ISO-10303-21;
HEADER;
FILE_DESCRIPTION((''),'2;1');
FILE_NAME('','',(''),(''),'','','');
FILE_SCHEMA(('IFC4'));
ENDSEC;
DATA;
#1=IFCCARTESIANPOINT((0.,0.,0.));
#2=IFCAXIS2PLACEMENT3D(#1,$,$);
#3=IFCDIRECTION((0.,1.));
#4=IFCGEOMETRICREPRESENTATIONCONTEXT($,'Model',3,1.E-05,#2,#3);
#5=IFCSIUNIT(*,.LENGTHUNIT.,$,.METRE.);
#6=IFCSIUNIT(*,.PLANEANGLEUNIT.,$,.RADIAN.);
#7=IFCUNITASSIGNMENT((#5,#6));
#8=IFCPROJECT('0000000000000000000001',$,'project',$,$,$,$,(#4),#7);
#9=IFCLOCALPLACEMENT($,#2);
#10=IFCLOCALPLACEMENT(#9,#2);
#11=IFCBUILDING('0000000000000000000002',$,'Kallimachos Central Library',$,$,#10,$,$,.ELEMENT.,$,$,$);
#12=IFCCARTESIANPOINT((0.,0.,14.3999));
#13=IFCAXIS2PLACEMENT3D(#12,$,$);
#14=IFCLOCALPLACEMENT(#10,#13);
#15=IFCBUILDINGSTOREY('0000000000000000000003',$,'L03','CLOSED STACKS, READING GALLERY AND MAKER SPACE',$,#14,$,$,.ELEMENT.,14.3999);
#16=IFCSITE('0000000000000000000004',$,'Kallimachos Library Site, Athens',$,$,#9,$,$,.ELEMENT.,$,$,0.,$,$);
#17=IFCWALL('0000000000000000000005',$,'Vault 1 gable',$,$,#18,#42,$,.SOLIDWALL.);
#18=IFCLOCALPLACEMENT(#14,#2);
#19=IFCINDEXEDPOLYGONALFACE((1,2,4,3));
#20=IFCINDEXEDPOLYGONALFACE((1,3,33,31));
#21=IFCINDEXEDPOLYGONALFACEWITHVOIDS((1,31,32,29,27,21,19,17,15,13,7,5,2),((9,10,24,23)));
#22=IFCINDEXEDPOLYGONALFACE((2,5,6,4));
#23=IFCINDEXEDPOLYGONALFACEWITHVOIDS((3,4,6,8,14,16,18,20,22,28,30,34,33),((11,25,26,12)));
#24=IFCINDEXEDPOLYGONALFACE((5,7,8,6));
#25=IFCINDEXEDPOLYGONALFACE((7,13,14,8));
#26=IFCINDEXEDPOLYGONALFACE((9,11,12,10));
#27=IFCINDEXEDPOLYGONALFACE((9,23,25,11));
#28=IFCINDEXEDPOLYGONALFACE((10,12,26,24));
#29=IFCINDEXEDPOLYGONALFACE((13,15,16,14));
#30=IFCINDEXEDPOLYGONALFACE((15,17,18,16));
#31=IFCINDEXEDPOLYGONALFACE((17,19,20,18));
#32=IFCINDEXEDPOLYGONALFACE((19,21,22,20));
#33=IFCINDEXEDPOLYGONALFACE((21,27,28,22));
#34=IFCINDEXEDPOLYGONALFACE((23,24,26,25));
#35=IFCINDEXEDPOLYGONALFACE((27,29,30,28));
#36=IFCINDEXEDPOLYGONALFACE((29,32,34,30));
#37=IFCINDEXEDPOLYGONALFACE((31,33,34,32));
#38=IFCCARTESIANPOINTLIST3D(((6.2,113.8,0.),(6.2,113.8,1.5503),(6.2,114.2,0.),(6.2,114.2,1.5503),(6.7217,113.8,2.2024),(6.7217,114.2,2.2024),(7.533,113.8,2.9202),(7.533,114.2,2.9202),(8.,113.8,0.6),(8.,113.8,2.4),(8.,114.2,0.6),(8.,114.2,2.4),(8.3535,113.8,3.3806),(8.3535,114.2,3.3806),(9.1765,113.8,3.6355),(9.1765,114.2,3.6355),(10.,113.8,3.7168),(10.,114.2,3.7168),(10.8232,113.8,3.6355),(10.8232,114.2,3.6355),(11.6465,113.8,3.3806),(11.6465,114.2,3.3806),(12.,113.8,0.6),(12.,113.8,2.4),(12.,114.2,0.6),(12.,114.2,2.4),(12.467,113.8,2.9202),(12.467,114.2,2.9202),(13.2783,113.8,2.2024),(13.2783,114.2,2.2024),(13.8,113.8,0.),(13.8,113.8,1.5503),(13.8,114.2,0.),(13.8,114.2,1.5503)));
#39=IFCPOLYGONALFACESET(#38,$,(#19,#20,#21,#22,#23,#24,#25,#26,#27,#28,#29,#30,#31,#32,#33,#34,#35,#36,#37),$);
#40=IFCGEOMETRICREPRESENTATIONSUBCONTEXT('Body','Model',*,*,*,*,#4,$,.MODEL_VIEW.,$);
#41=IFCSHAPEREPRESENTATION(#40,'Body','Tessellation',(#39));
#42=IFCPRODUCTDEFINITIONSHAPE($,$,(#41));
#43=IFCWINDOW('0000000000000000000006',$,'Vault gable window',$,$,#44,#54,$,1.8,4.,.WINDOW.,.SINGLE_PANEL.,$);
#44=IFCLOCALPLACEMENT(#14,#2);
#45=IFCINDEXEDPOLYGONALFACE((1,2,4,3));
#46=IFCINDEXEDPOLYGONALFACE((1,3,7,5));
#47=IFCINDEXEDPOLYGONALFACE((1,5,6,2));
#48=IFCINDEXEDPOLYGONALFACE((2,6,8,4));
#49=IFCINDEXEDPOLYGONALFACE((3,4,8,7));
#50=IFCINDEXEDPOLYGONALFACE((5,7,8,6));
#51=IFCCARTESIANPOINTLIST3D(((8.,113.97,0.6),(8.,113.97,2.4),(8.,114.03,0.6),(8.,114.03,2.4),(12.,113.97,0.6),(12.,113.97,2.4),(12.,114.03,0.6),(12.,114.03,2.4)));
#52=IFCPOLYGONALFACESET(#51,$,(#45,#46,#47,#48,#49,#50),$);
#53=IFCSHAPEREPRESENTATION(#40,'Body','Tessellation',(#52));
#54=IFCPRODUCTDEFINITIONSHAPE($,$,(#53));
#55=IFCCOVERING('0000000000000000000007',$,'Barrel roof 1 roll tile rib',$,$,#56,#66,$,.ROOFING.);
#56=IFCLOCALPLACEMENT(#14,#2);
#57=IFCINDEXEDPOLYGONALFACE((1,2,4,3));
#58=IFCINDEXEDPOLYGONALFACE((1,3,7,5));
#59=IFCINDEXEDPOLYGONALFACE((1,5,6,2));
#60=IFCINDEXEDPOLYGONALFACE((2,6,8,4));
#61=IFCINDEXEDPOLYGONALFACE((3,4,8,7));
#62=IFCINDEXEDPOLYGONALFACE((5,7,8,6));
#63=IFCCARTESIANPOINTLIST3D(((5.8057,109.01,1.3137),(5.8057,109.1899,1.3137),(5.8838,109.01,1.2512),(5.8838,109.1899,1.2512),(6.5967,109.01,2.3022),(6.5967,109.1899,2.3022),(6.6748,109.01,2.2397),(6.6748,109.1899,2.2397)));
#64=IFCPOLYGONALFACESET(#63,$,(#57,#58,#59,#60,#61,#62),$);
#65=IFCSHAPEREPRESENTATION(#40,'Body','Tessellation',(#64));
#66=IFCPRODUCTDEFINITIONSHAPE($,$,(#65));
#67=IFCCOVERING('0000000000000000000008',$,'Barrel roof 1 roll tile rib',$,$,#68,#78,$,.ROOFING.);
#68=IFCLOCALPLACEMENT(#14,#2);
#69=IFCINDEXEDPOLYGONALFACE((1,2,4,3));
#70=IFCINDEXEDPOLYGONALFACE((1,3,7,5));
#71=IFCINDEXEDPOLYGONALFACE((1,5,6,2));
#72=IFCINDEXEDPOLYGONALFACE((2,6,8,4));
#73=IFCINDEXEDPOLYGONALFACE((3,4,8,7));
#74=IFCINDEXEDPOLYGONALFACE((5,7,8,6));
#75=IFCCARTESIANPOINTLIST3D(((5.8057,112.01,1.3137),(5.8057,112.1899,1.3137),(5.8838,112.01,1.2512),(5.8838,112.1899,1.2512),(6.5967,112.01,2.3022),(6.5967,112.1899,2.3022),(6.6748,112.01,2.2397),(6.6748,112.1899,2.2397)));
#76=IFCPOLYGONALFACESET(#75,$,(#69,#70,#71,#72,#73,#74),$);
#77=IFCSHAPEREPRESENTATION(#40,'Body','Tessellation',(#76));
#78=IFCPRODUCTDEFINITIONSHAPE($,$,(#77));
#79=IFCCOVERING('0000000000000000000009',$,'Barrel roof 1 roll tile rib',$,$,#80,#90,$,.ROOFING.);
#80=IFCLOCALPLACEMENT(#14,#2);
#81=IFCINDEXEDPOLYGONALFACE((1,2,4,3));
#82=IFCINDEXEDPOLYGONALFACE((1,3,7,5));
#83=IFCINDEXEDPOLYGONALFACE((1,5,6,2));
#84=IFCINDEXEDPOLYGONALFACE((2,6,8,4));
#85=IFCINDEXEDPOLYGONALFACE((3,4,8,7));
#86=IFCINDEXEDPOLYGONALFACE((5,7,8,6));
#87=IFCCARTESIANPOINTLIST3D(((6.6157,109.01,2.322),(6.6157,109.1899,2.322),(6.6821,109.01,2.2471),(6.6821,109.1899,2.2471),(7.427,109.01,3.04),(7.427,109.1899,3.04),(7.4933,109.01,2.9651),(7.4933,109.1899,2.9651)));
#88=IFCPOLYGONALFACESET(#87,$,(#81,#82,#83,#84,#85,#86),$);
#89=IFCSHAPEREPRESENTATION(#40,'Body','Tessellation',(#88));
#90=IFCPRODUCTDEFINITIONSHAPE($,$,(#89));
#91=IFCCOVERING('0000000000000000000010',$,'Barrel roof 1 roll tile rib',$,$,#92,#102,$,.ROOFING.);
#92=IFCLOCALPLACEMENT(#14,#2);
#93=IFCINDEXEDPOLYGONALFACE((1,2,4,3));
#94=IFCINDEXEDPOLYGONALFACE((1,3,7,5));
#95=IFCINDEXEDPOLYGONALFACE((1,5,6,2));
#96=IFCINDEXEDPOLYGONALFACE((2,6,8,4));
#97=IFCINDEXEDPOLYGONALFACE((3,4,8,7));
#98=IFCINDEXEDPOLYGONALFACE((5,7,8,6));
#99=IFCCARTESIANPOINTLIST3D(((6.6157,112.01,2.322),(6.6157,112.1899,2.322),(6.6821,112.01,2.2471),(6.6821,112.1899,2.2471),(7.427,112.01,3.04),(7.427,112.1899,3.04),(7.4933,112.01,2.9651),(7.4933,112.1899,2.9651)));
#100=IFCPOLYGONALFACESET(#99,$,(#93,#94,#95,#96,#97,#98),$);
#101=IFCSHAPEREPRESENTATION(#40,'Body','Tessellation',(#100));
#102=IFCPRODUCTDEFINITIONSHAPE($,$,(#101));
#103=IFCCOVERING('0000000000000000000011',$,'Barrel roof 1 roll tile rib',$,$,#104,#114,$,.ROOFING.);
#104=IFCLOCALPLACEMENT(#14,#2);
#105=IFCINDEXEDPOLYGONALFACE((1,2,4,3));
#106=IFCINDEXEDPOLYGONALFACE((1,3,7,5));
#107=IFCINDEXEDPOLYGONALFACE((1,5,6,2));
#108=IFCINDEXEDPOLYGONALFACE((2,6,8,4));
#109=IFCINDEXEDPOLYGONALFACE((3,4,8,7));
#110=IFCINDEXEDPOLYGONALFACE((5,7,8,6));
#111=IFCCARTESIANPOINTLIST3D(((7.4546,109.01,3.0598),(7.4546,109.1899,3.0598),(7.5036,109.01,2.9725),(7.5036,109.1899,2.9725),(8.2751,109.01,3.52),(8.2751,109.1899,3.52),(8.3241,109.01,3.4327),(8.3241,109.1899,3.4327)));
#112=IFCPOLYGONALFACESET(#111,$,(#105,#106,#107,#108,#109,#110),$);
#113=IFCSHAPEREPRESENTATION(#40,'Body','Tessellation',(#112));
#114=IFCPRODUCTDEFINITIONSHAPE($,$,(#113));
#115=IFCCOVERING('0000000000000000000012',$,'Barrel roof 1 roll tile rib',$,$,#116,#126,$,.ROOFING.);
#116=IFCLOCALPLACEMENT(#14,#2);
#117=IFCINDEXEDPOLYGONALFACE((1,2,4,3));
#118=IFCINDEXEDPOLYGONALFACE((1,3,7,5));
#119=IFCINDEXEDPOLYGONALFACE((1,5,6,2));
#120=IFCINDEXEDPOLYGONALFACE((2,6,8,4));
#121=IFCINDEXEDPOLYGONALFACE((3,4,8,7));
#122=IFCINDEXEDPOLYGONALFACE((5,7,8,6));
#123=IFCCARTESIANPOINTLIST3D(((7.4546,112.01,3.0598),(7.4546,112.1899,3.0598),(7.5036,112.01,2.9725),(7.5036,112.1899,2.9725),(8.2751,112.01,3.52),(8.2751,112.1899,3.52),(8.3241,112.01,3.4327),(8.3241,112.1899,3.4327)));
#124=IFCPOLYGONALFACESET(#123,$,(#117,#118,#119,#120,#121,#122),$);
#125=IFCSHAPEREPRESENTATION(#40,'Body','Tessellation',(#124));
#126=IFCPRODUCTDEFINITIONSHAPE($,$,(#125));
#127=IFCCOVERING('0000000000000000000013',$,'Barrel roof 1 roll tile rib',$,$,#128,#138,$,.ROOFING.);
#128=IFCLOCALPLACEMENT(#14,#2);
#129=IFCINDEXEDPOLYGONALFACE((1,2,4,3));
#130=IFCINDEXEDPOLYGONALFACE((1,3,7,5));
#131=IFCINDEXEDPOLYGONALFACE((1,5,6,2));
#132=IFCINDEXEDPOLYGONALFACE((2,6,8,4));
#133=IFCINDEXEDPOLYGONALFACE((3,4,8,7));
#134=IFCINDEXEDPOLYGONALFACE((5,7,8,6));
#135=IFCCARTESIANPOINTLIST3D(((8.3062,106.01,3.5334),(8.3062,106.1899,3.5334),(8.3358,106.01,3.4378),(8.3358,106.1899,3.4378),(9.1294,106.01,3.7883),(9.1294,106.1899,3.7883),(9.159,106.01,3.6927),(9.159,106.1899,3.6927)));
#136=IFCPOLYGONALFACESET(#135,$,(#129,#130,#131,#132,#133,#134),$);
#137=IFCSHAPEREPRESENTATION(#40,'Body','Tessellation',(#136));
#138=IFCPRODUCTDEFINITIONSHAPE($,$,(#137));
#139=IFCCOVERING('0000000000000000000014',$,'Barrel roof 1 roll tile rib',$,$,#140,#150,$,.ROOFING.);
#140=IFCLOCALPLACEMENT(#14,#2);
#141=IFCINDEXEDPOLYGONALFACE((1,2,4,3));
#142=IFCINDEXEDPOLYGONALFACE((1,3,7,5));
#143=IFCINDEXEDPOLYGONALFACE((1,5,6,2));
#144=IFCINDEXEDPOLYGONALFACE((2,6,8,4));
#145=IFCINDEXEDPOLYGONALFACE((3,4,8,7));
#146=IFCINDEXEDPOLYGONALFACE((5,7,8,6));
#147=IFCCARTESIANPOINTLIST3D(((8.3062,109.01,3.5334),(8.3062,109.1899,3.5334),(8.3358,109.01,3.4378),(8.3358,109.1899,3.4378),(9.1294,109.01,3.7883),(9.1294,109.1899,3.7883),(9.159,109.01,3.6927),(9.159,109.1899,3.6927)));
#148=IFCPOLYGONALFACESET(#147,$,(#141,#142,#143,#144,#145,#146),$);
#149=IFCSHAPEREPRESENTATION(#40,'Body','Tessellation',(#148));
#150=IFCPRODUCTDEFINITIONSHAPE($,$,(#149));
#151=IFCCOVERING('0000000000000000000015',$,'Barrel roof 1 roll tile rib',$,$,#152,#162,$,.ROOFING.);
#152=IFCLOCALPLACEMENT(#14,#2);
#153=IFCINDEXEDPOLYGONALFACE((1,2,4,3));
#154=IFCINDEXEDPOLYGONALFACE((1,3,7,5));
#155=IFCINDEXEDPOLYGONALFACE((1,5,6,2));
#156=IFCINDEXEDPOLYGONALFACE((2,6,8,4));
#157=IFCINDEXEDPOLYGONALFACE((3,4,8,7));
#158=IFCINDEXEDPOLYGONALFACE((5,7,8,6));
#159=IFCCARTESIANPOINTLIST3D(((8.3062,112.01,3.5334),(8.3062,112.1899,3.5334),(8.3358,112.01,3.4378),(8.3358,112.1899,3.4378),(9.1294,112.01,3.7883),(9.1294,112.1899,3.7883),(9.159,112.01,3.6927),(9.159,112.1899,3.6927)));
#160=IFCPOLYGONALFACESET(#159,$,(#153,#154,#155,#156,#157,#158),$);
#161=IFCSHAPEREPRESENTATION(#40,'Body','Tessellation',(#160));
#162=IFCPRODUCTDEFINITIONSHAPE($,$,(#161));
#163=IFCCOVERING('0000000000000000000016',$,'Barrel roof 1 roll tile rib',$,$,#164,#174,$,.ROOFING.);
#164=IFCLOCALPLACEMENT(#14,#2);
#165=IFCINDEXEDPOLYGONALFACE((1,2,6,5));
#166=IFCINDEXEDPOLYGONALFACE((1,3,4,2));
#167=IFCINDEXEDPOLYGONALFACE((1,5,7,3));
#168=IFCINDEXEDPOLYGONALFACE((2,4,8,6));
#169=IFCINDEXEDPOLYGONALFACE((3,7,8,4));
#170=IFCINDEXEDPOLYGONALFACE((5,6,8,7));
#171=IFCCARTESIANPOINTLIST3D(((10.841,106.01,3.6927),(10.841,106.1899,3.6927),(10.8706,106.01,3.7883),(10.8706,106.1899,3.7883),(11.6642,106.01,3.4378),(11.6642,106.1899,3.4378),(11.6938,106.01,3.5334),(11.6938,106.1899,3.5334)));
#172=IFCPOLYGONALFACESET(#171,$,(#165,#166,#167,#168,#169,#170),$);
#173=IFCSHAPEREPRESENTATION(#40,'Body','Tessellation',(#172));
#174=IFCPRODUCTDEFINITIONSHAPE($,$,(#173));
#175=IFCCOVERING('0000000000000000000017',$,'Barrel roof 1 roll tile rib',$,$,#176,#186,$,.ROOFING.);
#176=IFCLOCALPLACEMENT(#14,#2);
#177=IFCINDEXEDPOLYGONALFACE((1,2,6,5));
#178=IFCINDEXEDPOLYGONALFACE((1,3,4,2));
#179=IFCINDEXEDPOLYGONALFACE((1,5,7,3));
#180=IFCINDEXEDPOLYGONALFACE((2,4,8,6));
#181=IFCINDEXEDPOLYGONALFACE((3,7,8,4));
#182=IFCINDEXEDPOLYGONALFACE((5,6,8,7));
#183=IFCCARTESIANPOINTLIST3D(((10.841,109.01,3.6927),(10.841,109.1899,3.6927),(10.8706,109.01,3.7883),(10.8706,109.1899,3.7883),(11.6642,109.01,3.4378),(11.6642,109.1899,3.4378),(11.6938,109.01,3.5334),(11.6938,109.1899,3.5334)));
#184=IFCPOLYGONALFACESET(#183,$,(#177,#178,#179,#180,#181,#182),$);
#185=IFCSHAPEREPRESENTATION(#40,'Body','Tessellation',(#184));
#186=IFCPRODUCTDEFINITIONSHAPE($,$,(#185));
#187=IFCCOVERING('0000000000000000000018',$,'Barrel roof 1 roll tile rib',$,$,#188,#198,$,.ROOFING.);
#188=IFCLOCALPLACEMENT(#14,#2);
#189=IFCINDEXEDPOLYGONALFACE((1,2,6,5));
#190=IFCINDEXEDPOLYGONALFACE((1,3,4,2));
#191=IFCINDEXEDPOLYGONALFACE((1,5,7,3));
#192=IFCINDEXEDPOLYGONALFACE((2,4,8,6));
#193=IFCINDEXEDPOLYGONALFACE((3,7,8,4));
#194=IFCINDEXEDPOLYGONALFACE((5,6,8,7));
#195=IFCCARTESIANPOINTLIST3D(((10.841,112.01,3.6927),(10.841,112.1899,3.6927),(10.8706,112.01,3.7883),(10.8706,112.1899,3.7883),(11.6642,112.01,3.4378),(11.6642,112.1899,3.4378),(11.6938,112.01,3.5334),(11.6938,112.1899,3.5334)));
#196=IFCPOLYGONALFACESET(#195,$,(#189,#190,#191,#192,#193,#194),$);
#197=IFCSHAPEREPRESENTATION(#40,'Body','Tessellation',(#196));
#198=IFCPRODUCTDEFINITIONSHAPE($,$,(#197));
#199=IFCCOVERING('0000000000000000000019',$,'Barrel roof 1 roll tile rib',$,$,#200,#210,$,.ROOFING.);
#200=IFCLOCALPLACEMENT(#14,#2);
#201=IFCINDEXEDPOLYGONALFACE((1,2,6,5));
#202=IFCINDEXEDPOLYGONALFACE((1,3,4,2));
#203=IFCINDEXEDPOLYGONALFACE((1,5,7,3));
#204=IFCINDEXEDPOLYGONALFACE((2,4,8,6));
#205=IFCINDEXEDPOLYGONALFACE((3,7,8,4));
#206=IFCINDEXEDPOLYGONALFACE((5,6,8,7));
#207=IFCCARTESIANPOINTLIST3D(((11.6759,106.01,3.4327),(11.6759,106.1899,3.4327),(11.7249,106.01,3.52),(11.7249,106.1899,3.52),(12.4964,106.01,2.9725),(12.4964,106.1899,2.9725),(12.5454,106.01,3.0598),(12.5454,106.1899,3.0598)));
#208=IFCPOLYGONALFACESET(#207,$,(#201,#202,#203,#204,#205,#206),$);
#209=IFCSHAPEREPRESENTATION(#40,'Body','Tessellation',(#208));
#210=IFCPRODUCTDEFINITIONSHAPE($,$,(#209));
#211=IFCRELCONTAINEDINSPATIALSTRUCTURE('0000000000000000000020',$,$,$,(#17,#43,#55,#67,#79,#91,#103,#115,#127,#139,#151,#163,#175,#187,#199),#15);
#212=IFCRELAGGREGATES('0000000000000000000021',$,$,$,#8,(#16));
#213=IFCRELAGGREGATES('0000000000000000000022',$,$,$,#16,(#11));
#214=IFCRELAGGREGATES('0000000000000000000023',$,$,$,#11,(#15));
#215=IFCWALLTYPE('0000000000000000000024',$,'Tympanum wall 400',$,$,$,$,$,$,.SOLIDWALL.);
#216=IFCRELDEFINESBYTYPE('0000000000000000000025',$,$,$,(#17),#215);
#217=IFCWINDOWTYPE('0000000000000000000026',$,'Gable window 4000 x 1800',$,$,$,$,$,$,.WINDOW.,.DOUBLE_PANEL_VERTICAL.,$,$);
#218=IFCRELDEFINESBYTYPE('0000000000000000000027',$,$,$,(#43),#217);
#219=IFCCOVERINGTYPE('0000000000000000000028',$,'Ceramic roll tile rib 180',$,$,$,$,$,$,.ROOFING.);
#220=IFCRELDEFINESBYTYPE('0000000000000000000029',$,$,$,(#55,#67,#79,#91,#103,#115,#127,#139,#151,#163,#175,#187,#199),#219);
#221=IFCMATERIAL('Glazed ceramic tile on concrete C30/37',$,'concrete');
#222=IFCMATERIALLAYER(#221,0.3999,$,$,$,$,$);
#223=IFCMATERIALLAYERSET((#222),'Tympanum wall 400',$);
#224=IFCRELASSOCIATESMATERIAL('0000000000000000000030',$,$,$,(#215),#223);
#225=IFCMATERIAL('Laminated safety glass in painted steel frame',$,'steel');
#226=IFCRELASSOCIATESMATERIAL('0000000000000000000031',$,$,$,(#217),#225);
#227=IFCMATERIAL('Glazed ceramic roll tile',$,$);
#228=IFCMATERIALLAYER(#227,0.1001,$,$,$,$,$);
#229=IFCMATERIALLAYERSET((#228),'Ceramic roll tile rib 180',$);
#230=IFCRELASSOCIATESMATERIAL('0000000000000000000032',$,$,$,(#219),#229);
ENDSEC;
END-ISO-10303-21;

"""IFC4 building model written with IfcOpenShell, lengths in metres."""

from ifc_helpers import new_model, si_unit, direction, frame, frame_2d, origin, place, context, subcontext, project, spatial, polyline, rectangle, outline, extrude, material, layer, layer_set, type_object, element, fill, save


model = new_model("IFC4")

# Units and contexts
model_context = context("Model", 3, precision=1e-05, world=origin(), true_north=direction((0.0, 1.0)))
body_context = subcontext(model_context, "Body", "Model", "MODEL_VIEW")
ifc_project = project(units=[si_unit("LENGTHUNIT", "METRE"), si_unit("PLANEANGLEUNIT", "RADIAN")], contexts=[model_context])

# Site, building, storey
site_placement = place(None, origin())
site = spatial("IfcSite", under=ifc_project, at=site_placement, Name="Kallimachos Library Site, Athens", CompositionType="ELEMENT", RefElevation=0.0)
building_placement = place(site_placement, origin())
building = spatial("IfcBuilding", under=site, at=building_placement, Name="Kallimachos Central Library", CompositionType="ELEMENT")
storey_placement = place(building_placement, frame((0.0, 0.0, 14.3999)))
storey = spatial("IfcBuildingStorey", under=building, at=storey_placement, Name="L03", Description="CLOSED STACKS, READING GALLERY AND MAKER SPACE", CompositionType="ELEMENT", Elevation=14.3999)

# Wall, opening, window
ifc_material_1 = material(Name="Glazed ceramic tile on concrete C30/37", Category="concrete")
ifc_layer_1 = layer(ifc_material_1, 0.3999)
ifc_layer_set_1 = layer_set([ifc_layer_1], Name="Tympanum wall 400")
wall_type = type_object("IfcWallType", Name="Tympanum wall 400", PredefinedType="SOLIDWALL", material=ifc_layer_set_1)
wall_placement = place(storey_placement, frame((6.2, 114.0, 0.0), z_axis=(0.0, 0.0, 1.0), x_axis=(1.0, 0.0, 0.0)))
wall = element("IfcWall", 1, at=wall_placement, inside=storey, type_object=wall_type, Name="Vault 1 gable", PredefinedType="SOLIDWALL", context=body_context, shape_type="SweptSolid", body=[
    extrude(outline(polyline([(0.0, 0.0), (7.6001, 0.0), (7.6001, 1.5503), (7.0784, 2.2024), (6.2671, 2.9202), (5.4465, 3.3806), (4.6233, 3.6355), (3.8, 3.7168), (2.9766, 3.6355), (2.1536, 3.3806), (1.333, 2.9202), (0.5217, 2.2024), (0.0, 1.5503), (0.0, 0.0)])), frame((0.0, 0.2, 0.0), z_axis=(0.0, -1.0, 0.0), x_axis=(1.0, 0.0, 0.0)), (0.0, 0.0, 1.0), 0.3999),
])
opening_placement = place(wall_placement, frame((1.8, 0.0, 0.6001)))
opening = element("IfcOpeningElement", 2, at=opening_placement, cuts=wall, PredefinedType="OPENING", context=body_context, shape_type="SweptSolid", body=[
    extrude(rectangle(XDim=4.0, YDim=1.8, at=frame_2d((2.0, 0.8999))), frame((0.0, 0.21, 0.0), z_axis=(0.0, -1.0, 0.0), x_axis=(1.0, 0.0, 0.0)), (0.0, 0.0, 1.0), 0.4199),
])
ifc_material_2 = material(Name="Laminated safety glass in painted steel frame", Category="steel")
window_type = type_object("IfcWindowType", Name="Gable window 4000 x 1800", PartitioningType="DOUBLE_PANEL_VERTICAL", PredefinedType="WINDOW", material=ifc_material_2)
window_placement = place(opening_placement, origin())
window = element("IfcWindow", 3, at=window_placement, inside=storey, type_object=window_type, Name="Vault gable window", OverallHeight=1.8, OverallWidth=4.0, PartitioningType="SINGLE_PANEL", PredefinedType="WINDOW", context=body_context, shape_type="SweptSolid", body=[
    extrude(rectangle(XDim=4.0, YDim=1.8, at=frame_2d((2.0, 0.8999))), frame((0.0, 0.03, 0.0), z_axis=(0.0, -1.0, 0.0), x_axis=(1.0, 0.0, 0.0)), (0.0, 0.0, 1.0), 0.0601),
])
fill(opening, window)

# Coverings
ifc_material_3 = material(Name="Glazed ceramic roll tile")
ifc_layer_2 = layer(ifc_material_3, 0.1001)
ifc_layer_set_2 = layer_set([ifc_layer_2], Name="Ceramic roll tile rib 180")
covering_type_1 = type_object("IfcCoveringType", Name="Ceramic roll tile rib 180", PredefinedType="ROOFING", material=ifc_layer_set_2)
for number, where, z_axis, x_axis, name in (
    (4, (5.8057, 109.01, 1.3137), (-0.780794, 0.0, 0.624789), (0.624789, 0.0, 0.780794), "Barrel roof 1 roll tile rib"),
    (5, (5.8057, 112.01, 1.3137), (-0.780794, 0.0, 0.624789), (0.624789, 0.0, 0.780794), "Barrel roof 1 roll tile rib"),
):
    element("IfcCovering", number, at=place(storey_placement, frame(where, z_axis=z_axis, x_axis=x_axis)), inside=storey, type_object=covering_type_1, Name=name, PredefinedType="ROOFING", context=body_context, shape_type="SweptSolid", body=[
        extrude(outline(polyline([(0.0, 0.0), (1.2661, 0.0), (1.2661, 0.1799), (0.0, 0.1799), (0.0, 0.0)])), origin(), (0.0, 0.0, -1.0), 0.1001),
    ])
for number, where, z_axis, x_axis, name in (
    (6, (6.6157, 109.01, 2.322), (-0.662754, 0.0, 0.748837), (0.748837, 0.0, 0.662754), "Barrel roof 1 roll tile rib"),
    (7, (6.6157, 112.01, 2.322), (-0.662754, 0.0, 0.748837), (0.748837, 0.0, 0.662754), "Barrel roof 1 roll tile rib"),
):
    element("IfcCovering", number, at=place(storey_placement, frame(where, z_axis=z_axis, x_axis=x_axis)), inside=storey, type_object=covering_type_1, Name=name, PredefinedType="ROOFING", context=body_context, shape_type="SweptSolid", body=[
        extrude(outline(polyline([(0.0, 0.0), (1.0834, 0.0), (1.0834, 0.1799), (0.0, 0.1799), (0.0, 0.0)])), origin(), (0.0, 0.0, -1.0), 0.1001),
    ])
for number, where, z_axis, x_axis, name in (
    (8, (7.4546, 109.01, 3.0598), (-0.489164, 0.0, 0.872192), (0.872192, 0.0, 0.489164), "Barrel roof 1 roll tile rib"),
    (9, (7.4546, 112.01, 3.0598), (-0.489164, 0.0, 0.872192), (0.872192, 0.0, 0.489164), "Barrel roof 1 roll tile rib"),
):
    element("IfcCovering", number, at=place(storey_placement, frame(where, z_axis=z_axis, x_axis=x_axis)), inside=storey, type_object=covering_type_1, Name=name, PredefinedType="ROOFING", context=body_context, shape_type="SweptSolid", body=[
        extrude(outline(polyline([(0.0, 0.0), (0.9408, 0.0), (0.9408, 0.1799), (0.0, 0.1799), (0.0, 0.0)])), origin(), (0.0, 0.0, -1.0), 0.1001),
    ])
for number, where, z_axis, x_axis, name in (
    (10, (8.3062, 106.01, 3.5334), (-0.295758, 0.0, 0.955263), (0.955263, 0.0, 0.295758), "Barrel roof 1 roll tile rib"),
    (11, (8.3062, 109.01, 3.5334), (-0.295758, 0.0, 0.955263), (0.955263, 0.0, 0.295758), "Barrel roof 1 roll tile rib"),
    (12, (8.3062, 112.01, 3.5334), (-0.295758, 0.0, 0.955263), (0.955263, 0.0, 0.295758), "Barrel roof 1 roll tile rib"),
    (13, (10.8706, 106.01, 3.7883), (0.295758, 0.0, 0.955263), (0.955263, 0.0, -0.295758), "Barrel roof 1 roll tile rib"),
    (14, (10.8706, 109.01, 3.7883), (0.295758, 0.0, 0.955263), (0.955263, 0.0, -0.295758), "Barrel roof 1 roll tile rib"),
    (15, (10.8706, 112.01, 3.7883), (0.295758, 0.0, 0.955263), (0.955263, 0.0, -0.295758), "Barrel roof 1 roll tile rib"),
):
    element("IfcCovering", number, at=place(storey_placement, frame(where, z_axis=z_axis, x_axis=x_axis)), inside=storey, type_object=covering_type_1, Name=name, PredefinedType="ROOFING", context=body_context, shape_type="SweptSolid", body=[
        extrude(outline(polyline([(0.0, 0.0), (0.8618, 0.0), (0.8618, 0.1799), (0.0, 0.1799), (0.0, 0.0)])), origin(), (0.0, 0.0, -1.0), 0.1001),
    ])
for number, where, z_axis, x_axis, name in (
    (16, (11.7249, 106.01, 3.52), (0.489164, 0.0, 0.872192), (0.872192, 0.0, -0.489164), "Barrel roof 1 roll tile rib"),
):
    element("IfcCovering", number, at=place(storey_placement, frame(where, z_axis=z_axis, x_axis=x_axis)), inside=storey, type_object=covering_type_1, Name=name, PredefinedType="ROOFING", context=body_context, shape_type="SweptSolid", body=[
        extrude(outline(polyline([(0.0, 0.0), (0.9408, 0.0), (0.9408, 0.1799), (0.0, 0.1799), (0.0, 0.0)])), origin(), (0.0, 0.0, -1.0), 0.1001),
    ])

save(model, "model.ifc")
